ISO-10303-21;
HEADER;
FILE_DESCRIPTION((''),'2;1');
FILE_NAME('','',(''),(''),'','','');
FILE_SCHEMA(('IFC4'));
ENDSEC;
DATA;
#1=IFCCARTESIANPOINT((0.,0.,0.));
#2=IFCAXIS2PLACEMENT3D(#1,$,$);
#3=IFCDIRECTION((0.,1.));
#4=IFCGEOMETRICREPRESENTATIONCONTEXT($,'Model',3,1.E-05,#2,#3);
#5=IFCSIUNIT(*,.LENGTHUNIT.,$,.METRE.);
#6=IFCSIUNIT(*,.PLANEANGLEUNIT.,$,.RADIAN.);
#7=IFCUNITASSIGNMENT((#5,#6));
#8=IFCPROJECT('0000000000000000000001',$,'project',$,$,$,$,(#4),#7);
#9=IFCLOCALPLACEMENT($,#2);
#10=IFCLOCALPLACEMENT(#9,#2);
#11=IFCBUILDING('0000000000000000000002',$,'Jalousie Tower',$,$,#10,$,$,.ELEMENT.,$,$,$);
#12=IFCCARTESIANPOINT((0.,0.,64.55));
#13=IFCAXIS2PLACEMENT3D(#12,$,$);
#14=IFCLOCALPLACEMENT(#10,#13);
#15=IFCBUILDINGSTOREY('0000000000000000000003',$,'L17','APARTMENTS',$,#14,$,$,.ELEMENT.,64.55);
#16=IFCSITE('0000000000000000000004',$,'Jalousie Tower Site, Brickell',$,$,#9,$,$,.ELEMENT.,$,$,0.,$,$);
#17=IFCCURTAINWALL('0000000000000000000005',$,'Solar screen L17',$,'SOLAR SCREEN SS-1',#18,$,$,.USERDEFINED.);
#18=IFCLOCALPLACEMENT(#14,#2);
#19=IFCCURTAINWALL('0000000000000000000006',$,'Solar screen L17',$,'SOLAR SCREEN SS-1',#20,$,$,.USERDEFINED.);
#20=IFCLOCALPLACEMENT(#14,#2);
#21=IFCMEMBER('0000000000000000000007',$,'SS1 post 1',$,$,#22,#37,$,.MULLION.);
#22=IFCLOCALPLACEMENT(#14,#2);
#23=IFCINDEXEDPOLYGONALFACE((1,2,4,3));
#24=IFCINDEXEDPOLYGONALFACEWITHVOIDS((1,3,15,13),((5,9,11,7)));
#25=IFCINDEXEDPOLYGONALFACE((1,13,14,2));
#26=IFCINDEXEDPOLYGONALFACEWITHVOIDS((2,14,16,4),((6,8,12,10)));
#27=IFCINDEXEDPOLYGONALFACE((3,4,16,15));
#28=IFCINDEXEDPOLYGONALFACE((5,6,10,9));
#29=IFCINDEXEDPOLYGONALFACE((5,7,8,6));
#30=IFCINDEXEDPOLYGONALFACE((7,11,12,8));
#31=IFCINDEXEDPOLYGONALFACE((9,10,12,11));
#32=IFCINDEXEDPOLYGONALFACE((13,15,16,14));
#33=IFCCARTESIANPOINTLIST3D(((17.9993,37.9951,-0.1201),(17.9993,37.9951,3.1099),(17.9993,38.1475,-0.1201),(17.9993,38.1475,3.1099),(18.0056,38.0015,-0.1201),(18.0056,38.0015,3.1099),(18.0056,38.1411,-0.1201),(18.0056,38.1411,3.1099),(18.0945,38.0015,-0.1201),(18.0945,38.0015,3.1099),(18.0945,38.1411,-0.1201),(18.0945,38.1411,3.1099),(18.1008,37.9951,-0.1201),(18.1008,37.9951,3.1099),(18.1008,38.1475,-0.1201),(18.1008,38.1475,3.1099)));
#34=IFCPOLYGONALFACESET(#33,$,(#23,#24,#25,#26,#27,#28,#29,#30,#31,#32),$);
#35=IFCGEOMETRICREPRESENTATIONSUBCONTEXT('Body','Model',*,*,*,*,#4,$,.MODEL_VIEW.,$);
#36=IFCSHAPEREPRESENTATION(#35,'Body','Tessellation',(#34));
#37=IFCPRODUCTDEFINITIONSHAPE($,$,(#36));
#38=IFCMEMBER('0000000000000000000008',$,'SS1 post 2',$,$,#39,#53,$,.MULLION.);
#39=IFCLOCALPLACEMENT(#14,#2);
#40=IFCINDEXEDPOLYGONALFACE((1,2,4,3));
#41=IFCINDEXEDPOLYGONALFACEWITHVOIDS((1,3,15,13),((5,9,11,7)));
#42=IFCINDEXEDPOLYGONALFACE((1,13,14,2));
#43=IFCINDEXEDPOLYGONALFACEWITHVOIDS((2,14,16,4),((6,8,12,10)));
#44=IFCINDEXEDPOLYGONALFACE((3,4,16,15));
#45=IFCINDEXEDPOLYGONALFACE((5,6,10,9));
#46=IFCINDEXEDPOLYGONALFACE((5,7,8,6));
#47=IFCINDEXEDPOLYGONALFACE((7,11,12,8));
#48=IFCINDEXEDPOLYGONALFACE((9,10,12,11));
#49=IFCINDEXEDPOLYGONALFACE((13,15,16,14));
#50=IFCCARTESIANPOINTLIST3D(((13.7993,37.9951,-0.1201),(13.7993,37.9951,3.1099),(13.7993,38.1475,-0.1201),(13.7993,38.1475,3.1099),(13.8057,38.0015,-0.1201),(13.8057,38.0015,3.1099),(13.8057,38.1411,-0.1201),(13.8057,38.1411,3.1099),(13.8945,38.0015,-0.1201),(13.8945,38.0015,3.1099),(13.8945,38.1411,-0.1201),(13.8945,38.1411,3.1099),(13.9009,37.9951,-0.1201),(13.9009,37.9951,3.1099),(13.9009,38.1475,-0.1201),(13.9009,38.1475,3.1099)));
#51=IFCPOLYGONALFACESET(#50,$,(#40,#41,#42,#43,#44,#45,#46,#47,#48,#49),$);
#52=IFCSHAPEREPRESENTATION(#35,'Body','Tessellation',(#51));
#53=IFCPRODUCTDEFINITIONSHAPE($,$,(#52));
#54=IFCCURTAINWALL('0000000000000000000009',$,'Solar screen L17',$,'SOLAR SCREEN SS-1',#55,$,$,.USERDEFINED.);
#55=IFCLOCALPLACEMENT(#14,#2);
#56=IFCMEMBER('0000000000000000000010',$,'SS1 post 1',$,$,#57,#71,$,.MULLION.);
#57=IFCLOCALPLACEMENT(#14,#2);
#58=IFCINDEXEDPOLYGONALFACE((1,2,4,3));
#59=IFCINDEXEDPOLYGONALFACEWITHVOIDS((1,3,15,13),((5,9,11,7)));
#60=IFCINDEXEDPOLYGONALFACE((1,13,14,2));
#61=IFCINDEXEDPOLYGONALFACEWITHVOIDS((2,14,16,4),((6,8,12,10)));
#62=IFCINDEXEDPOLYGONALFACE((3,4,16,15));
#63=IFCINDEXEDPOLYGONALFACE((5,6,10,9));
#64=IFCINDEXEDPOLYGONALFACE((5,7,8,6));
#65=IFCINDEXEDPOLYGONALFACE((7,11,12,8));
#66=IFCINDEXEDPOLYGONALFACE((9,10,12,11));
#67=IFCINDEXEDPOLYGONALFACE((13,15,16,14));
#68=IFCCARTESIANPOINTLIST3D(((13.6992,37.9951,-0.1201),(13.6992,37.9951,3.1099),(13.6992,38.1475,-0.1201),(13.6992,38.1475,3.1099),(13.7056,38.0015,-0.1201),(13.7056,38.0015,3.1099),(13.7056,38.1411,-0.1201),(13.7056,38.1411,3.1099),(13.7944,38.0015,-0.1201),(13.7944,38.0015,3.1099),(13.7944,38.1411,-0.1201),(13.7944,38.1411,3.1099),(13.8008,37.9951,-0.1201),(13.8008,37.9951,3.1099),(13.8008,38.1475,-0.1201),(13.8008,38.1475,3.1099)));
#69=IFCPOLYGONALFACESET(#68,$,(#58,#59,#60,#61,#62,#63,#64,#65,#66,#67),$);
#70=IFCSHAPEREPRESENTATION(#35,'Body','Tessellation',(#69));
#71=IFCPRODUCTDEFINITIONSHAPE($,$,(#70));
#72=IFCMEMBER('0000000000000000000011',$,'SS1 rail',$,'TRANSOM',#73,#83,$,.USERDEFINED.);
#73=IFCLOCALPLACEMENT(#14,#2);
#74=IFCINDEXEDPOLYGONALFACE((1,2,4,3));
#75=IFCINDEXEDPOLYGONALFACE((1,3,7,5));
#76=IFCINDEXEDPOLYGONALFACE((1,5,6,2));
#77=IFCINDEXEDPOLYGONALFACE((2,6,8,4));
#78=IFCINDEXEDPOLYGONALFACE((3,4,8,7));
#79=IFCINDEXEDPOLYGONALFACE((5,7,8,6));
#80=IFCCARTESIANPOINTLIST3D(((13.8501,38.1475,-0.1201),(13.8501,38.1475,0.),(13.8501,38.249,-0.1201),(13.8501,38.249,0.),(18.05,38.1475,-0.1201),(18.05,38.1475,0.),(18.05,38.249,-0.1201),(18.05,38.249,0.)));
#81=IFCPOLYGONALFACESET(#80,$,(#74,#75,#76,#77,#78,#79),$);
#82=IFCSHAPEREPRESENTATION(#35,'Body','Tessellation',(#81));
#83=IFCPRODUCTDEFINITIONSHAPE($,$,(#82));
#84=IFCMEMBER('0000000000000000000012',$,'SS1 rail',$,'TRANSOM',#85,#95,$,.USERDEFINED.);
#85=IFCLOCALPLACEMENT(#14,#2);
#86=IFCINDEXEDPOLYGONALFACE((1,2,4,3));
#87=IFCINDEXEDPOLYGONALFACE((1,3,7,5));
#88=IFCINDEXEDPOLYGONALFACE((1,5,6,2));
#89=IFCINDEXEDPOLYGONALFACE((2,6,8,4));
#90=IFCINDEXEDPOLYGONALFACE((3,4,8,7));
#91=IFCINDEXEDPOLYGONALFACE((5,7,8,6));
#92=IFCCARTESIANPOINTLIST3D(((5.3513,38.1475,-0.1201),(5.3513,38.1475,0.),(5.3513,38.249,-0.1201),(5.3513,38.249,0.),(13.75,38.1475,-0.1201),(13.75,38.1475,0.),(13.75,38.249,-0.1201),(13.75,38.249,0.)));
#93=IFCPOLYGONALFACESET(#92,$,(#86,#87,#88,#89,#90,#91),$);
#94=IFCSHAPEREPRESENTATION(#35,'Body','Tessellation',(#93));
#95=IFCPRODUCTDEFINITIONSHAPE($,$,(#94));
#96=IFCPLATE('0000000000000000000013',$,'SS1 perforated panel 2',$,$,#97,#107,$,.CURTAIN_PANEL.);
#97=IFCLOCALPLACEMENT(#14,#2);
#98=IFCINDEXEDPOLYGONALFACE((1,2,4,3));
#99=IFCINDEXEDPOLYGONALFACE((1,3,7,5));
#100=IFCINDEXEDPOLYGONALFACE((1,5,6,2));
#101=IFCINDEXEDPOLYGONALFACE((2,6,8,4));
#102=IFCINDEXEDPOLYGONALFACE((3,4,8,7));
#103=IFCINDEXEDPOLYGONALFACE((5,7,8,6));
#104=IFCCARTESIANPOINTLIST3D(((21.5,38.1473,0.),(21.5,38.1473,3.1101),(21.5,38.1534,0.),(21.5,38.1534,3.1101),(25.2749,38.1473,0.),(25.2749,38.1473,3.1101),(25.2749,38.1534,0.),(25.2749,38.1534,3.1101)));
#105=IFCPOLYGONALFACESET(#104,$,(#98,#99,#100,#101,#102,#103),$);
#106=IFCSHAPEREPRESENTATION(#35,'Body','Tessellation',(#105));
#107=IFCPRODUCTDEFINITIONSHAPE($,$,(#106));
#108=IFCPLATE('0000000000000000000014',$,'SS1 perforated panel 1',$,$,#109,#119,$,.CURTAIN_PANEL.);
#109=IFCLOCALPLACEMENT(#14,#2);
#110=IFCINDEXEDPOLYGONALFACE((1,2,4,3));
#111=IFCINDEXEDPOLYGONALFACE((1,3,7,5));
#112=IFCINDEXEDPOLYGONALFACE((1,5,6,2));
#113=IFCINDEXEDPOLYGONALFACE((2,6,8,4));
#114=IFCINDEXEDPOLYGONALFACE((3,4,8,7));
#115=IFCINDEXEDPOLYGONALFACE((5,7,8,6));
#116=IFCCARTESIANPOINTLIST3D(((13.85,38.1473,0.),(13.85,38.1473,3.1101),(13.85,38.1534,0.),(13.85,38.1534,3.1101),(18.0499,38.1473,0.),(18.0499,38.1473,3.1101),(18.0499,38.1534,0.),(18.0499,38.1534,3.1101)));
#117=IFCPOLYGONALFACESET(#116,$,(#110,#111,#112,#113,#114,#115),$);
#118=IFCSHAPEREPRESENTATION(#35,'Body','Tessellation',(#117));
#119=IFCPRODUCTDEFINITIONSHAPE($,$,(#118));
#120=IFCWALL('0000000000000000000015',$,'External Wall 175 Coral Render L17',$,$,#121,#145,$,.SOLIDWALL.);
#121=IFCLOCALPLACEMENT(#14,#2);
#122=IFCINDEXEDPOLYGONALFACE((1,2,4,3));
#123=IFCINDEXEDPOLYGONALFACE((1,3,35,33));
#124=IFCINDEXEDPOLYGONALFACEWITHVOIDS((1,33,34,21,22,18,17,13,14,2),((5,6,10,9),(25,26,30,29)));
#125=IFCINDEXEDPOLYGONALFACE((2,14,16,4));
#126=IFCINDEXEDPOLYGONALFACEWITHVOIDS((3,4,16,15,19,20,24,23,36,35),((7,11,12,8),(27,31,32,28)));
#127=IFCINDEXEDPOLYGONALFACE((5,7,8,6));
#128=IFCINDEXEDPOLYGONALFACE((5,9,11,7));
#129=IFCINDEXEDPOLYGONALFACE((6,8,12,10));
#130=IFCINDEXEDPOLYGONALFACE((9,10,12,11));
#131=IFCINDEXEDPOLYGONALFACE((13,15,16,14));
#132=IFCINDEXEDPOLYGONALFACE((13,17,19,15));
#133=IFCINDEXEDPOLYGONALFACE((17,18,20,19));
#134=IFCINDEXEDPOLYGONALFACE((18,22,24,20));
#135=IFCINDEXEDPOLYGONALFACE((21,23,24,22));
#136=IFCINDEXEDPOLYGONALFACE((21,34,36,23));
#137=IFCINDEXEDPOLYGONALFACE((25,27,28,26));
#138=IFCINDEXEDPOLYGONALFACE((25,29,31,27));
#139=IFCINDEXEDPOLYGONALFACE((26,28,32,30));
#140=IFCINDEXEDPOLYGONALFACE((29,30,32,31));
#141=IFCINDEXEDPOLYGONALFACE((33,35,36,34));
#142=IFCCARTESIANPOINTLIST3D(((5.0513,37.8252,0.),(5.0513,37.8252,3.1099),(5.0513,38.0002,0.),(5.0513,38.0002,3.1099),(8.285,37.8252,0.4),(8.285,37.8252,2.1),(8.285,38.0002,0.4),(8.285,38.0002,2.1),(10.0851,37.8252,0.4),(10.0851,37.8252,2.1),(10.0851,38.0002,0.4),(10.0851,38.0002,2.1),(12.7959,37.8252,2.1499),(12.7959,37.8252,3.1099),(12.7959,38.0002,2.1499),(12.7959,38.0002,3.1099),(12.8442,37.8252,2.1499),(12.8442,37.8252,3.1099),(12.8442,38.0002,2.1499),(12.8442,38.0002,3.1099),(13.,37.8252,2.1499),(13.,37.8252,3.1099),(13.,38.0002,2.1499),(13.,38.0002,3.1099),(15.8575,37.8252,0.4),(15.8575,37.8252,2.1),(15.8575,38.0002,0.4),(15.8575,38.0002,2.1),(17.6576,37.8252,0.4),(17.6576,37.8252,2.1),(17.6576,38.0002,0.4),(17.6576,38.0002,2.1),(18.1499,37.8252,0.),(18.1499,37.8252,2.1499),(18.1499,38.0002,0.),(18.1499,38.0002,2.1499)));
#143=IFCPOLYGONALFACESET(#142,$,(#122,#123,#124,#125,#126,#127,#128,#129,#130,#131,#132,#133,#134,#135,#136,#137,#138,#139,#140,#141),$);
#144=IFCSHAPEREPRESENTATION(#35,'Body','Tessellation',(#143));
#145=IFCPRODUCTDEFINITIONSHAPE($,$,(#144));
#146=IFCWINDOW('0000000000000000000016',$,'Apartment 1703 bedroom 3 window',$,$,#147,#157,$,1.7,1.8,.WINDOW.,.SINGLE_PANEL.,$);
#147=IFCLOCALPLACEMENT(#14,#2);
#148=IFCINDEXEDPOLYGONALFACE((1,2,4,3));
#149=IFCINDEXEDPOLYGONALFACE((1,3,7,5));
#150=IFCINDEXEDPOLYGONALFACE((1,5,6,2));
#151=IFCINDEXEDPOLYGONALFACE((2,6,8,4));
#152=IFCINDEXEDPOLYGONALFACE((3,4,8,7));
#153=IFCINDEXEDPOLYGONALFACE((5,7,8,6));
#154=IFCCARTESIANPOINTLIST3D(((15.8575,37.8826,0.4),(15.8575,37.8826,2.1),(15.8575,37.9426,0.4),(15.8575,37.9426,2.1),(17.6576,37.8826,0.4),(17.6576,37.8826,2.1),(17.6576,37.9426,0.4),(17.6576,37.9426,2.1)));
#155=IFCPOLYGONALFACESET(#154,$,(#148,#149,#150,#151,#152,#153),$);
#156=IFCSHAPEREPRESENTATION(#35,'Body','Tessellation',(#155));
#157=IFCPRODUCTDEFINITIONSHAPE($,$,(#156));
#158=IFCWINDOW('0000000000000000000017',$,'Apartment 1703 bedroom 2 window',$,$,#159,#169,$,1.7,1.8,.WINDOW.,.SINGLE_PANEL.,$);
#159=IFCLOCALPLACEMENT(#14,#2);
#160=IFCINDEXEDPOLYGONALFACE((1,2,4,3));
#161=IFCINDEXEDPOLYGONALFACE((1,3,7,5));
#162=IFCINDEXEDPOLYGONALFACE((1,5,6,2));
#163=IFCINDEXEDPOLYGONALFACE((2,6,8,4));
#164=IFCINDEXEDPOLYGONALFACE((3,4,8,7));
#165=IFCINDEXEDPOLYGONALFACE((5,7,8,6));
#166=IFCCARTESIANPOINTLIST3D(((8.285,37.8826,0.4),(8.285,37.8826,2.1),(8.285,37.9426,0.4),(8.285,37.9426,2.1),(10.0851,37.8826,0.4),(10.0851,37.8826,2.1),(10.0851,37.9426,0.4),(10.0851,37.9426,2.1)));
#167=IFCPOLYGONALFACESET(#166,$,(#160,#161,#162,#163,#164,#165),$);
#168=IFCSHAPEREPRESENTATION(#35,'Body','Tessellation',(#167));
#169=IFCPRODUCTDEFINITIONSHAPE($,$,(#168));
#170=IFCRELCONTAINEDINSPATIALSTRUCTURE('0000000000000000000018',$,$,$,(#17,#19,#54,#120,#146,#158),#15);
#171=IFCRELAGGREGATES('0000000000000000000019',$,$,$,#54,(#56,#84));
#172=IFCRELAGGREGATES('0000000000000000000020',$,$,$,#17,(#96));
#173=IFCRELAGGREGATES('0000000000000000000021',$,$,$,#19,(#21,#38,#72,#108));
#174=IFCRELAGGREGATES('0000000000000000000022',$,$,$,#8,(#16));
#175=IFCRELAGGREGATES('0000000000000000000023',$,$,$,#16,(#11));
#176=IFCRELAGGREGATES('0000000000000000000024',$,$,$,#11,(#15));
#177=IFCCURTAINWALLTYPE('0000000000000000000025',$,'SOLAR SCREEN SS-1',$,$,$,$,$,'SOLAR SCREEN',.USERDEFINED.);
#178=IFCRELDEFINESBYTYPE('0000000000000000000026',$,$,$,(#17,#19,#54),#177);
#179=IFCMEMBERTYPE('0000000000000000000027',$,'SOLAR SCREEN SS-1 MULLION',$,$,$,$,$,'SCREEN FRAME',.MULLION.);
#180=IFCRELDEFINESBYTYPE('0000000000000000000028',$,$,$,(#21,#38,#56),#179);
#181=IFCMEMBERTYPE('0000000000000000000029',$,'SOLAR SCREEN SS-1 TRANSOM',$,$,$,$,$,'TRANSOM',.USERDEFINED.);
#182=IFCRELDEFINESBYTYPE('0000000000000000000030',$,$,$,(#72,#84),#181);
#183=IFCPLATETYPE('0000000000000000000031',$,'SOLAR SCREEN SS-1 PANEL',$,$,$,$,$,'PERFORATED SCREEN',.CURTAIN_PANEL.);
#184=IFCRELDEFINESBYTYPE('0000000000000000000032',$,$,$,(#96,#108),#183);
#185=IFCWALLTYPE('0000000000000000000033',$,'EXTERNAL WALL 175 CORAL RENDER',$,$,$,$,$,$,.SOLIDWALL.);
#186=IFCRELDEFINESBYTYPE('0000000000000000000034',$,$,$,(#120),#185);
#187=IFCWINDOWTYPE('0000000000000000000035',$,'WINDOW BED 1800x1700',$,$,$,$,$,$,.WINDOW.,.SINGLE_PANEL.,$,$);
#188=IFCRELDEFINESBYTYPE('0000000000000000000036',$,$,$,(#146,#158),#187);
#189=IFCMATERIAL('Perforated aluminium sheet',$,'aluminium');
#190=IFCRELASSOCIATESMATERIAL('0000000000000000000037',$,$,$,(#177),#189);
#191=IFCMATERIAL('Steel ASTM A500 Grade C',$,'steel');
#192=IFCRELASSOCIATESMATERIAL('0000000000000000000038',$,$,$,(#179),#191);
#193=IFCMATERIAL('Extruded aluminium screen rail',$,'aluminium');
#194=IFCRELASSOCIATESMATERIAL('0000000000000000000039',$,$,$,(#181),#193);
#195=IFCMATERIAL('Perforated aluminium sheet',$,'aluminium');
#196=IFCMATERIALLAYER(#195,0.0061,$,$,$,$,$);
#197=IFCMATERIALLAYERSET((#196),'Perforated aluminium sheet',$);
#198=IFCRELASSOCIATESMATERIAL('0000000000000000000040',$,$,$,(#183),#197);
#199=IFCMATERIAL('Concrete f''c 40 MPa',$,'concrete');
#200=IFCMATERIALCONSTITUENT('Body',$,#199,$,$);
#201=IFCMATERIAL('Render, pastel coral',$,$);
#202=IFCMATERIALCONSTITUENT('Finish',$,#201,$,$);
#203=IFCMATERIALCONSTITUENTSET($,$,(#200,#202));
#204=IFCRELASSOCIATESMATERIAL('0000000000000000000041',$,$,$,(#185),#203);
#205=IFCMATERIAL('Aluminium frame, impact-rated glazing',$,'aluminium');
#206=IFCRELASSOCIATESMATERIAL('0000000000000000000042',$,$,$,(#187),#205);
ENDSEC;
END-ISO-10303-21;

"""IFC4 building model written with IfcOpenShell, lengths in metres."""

from ifc_helpers import new_model, si_unit, direction, frame, frame_2d, origin, origin_2d, place, context, subcontext, project, spatial, polyline, rectangle, hollow_rectangle, outline, extrude, material, layer, layer_set, constituent, constituent_set, material_profile, profile_set, type_object, element, fill, aggregate, save


model = new_model("IFC4")

# Units and contexts
model_context = context("Model", 3, precision=1e-05, world=origin(), true_north=direction((0.0, 1.0)))
body_context = subcontext(model_context, "Body", "Model", "MODEL_VIEW")
ifc_project = project(units=[si_unit("LENGTHUNIT", "METRE"), si_unit("PLANEANGLEUNIT", "RADIAN")], contexts=[model_context])

# Site, building, storey
site_placement = place(None, origin())
site = spatial("IfcSite", under=ifc_project, at=site_placement, Name="Jalousie Tower Site, Brickell", CompositionType="ELEMENT", RefElevation=0.0)
building_placement = place(site_placement, origin())
building = spatial("IfcBuilding", under=site, at=building_placement, Name="Jalousie Tower", CompositionType="ELEMENT")
storey_placement = place(building_placement, frame((0.0, 0.0, 64.55)))
storey = spatial("IfcBuildingStorey", under=building, at=storey_placement, Name="L17", Description="APARTMENTS", CompositionType="ELEMENT", Elevation=64.55)

# Curtain wall
ifc_material_1 = material(Name="Perforated aluminium sheet", Category="aluminium")
curtain_wall_type = type_object("IfcCurtainWallType", Name="SOLAR SCREEN SS-1", ElementType="SOLAR SCREEN", PredefinedType="USERDEFINED", material=ifc_material_1)
curtain_wall_1_placement = place(storey_placement, origin())
curtain_wall_1 = element("IfcCurtainWall", 1, at=curtain_wall_1_placement, inside=storey, type_object=curtain_wall_type, Name="Solar screen L17", ObjectType="SOLAR SCREEN SS-1", PredefinedType="USERDEFINED")
ifc_material_2 = material(Name="Steel ASTM A500 Grade C", Category="steel")
ifc_material_profile_1 = material_profile(ifc_material_2, hollow_rectangle(XDim=0.1016, YDim=0.1523, WallThickness=0.0063, at=origin_2d()), Name="HSS6X4X1/4")
ifc_profile_set_1 = profile_set([ifc_material_profile_1], Name="Steel ASTM A500 Grade C")
member_type_1 = type_object("IfcMemberType", Name="SOLAR SCREEN SS-1 MULLION", ElementType="SCREEN FRAME", PredefinedType="MULLION", material=ifc_profile_set_1)

# Curtain wall, members
curtain_wall_2_placement = place(storey_placement, origin())
curtain_wall_2 = element("IfcCurtainWall", 2, at=curtain_wall_2_placement, inside=storey, type_object=curtain_wall_type, Name="Solar screen L17", ObjectType="SOLAR SCREEN SS-1", PredefinedType="USERDEFINED")
member_1_placement = place(storey_placement, frame((18.05, 38.0713, -0.1201), z_axis=(0.0, 0.0, 1.0), x_axis=(-1.0, 0.0, 0.0)))
member_1 = element("IfcMember", 3, at=member_1_placement, type_object=member_type_1, Name="SS1 post 1", PredefinedType="MULLION", context=body_context, shape_type="SweptSolid", body=[
    extrude(hollow_rectangle(XDim=0.1016, YDim=0.1523, WallThickness=0.0063, at=origin_2d()), origin(), (0.0, 0.0, 1.0), 3.23),
])
member_2_placement = place(storey_placement, frame((13.8501, 38.0713, -0.1201), z_axis=(0.0, 0.0, 1.0), x_axis=(-1.0, 0.0, 0.0)))
member_2 = element("IfcMember", 4, at=member_2_placement, type_object=member_type_1, Name="SS1 post 2", PredefinedType="MULLION", context=body_context, shape_type="SweptSolid", body=[
    extrude(hollow_rectangle(XDim=0.1016, YDim=0.1523, WallThickness=0.0063, at=origin_2d()), origin(), (0.0, 0.0, 1.0), 3.23),
])

# Curtain wall, member
curtain_wall_3_placement = place(storey_placement, origin())
curtain_wall_3 = element("IfcCurtainWall", 5, at=curtain_wall_3_placement, inside=storey, type_object=curtain_wall_type, Name="Solar screen L17", ObjectType="SOLAR SCREEN SS-1", PredefinedType="USERDEFINED")
member_3_placement = place(storey_placement, frame((13.75, 38.0713, -0.1201), z_axis=(0.0, 0.0, 1.0), x_axis=(-1.0, 0.0, 0.0)))
member_3 = element("IfcMember", 6, at=member_3_placement, type_object=member_type_1, Name="SS1 post 1", PredefinedType="MULLION", context=body_context, shape_type="SweptSolid", body=[
    extrude(hollow_rectangle(XDim=0.1016, YDim=0.1523, WallThickness=0.0063, at=origin_2d()), origin(), (0.0, 0.0, 1.0), 3.23),
])

# Members
ifc_material_3 = material(Name="Extruded aluminium screen rail", Category="aluminium")
ifc_material_profile_2 = material_profile(ifc_material_3, rectangle(XDim=0.1016, YDim=0.1201, at=origin_2d()), Name="RAIL 102x120")
ifc_profile_set_2 = profile_set([ifc_material_profile_2], Name="Extruded aluminium screen rail")
member_type_2 = type_object("IfcMemberType", Name="SOLAR SCREEN SS-1 TRANSOM", ElementType="TRANSOM", PredefinedType="USERDEFINED", material=ifc_profile_set_2)
member_4_placement = place(storey_placement, frame((18.05, 38.1982, -0.0601), z_axis=(-1.0, 0.0, 0.0), x_axis=(0.0, -1.0, 0.0)))
member_4 = element("IfcMember", 7, at=member_4_placement, type_object=member_type_2, Name="SS1 rail", ObjectType="TRANSOM", PredefinedType="USERDEFINED", context=body_context, shape_type="SweptSolid", body=[
    extrude(rectangle(XDim=0.1016, YDim=0.1201, at=origin_2d()), origin(), (0.0, 0.0, 1.0), 4.2),
])
member_5_placement = place(storey_placement, frame((13.75, 38.1982, -0.0601), z_axis=(-1.0, 0.0, 0.0), x_axis=(0.0, -1.0, 0.0)))
member_5 = element("IfcMember", 8, at=member_5_placement, type_object=member_type_2, Name="SS1 rail", ObjectType="TRANSOM", PredefinedType="USERDEFINED", context=body_context, shape_type="SweptSolid", body=[
    extrude(rectangle(XDim=0.1016, YDim=0.1201, at=origin_2d()), origin(), (0.0, 0.0, 1.0), 8.3987),
])
aggregate(curtain_wall_3, [member_3, member_5])

# Plates
ifc_material_4 = material(Name="Perforated aluminium sheet", Category="aluminium")
ifc_layer_1 = layer(ifc_material_4, 0.0061)
ifc_layer_set_1 = layer_set([ifc_layer_1], Name="Perforated aluminium sheet")
plate_type = type_object("IfcPlateType", Name="SOLAR SCREEN SS-1 PANEL", ElementType="PERFORATED SCREEN", PredefinedType="CURTAIN_PANEL", material=ifc_layer_set_1)
plate_1_placement = place(storey_placement, frame((23.3875, 38.1504, 0.0), z_axis=(0.0, 0.0, 1.0), x_axis=(-1.0, 0.0, 0.0)))
plate_1 = element("IfcPlate", 9, at=plate_1_placement, type_object=plate_type, Name="SS1 perforated panel 2", PredefinedType="CURTAIN_PANEL", context=body_context, shape_type="SweptSolid", body=[
    extrude(rectangle(XDim=3.7749, YDim=0.0061, at=origin_2d()), origin(), (0.0, 0.0, 1.0), 3.1101),
])
aggregate(curtain_wall_1, [plate_1])
plate_2_placement = place(storey_placement, frame((15.95, 38.1504, 0.0), z_axis=(0.0, 0.0, 1.0), x_axis=(-1.0, 0.0, 0.0)))
plate_2 = element("IfcPlate", 10, at=plate_2_placement, type_object=plate_type, Name="SS1 perforated panel 1", PredefinedType="CURTAIN_PANEL", context=body_context, shape_type="SweptSolid", body=[
    extrude(rectangle(XDim=4.2, YDim=0.0061, at=origin_2d()), origin(), (0.0, 0.0, 1.0), 3.1101),
])
aggregate(curtain_wall_2, [member_1, member_2, member_4, plate_2])

# Wall, openings, windows
ifc_material_5 = material(Name="Concrete f'c 40 MPa", Category="concrete")
ifc_constituent_1 = constituent(ifc_material_5, Name="Body")
ifc_material_6 = material(Name="Render, pastel coral")
ifc_constituent_2 = constituent(ifc_material_6, Name="Finish")
ifc_constituent_set_1 = constituent_set(constituents=[ifc_constituent_1, ifc_constituent_2])
wall_type_1 = type_object("IfcWallType", Name="EXTERNAL WALL 175 CORAL RENDER", PredefinedType="SOLIDWALL", material=ifc_constituent_set_1)
wall_1_placement = place(storey_placement, frame((18.1499, 37.9126, 0.0), z_axis=(0.0, 0.0, 1.0), x_axis=(-1.0, 0.0, 0.0)))
wall_1 = element("IfcWall", 11, at=wall_1_placement, inside=storey, type_object=wall_type_1, Name="External Wall 175 Coral Render L17", PredefinedType="SOLIDWALL", context=body_context, shape_type="SweptSolid", body=[
    extrude(outline(polyline([(0.0, 0.0), (13.0986, 0.0), (13.0986, 3.1099), (5.354, 3.1099), (5.354, 2.1499), (5.3057, 2.1499), (5.3057, 3.1099), (5.1499, 3.1099), (5.1499, 2.1499), (0.0, 2.1499), (0.0, 0.0)])), frame((0.0, 0.0874, 0.0), z_axis=(0.0, -1.0, 0.0), x_axis=(1.0, 0.0, 0.0)), (0.0, 0.0, 1.0), 0.175),
])
opening_1_placement = place(wall_1_placement, frame((0.4924, 0.0, 0.3999)))
opening_1 = element("IfcOpeningElement", 12, at=opening_1_placement, cuts=wall_1, PredefinedType="OPENING", context=body_context, shape_type="SweptSolid", body=[
    extrude(rectangle(XDim=1.8, YDim=1.7, at=frame_2d((0.8999, 0.8501))), frame((0.0, 0.0974, 0.0), z_axis=(0.0, -1.0, 0.0), x_axis=(1.0, 0.0, 0.0)), (0.0, 0.0, 1.0), 0.1951),
])
opening_2_placement = place(wall_1_placement, frame((8.0649, 0.0, 0.3999)))
opening_2 = element("IfcOpeningElement", 13, at=opening_2_placement, cuts=wall_1, PredefinedType="OPENING", context=body_context, shape_type="SweptSolid", body=[
    extrude(rectangle(XDim=1.8, YDim=1.7, at=frame_2d((0.8999, 0.8501))), frame((0.0, 0.0974, 0.0), z_axis=(0.0, -1.0, 0.0), x_axis=(1.0, 0.0, 0.0)), (0.0, 0.0, 1.0), 0.1951),
])
ifc_material_7 = material(Name="Aluminium frame, impact-rated glazing", Category="aluminium")
window_type = type_object("IfcWindowType", Name="WINDOW BED 1800x1700", PartitioningType="SINGLE_PANEL", PredefinedType="WINDOW", material=ifc_material_7)
window_1_placement = place(opening_1_placement, origin())
window_1 = element("IfcWindow", 14, at=window_1_placement, inside=storey, type_object=window_type, Name="Apartment 1703 bedroom 3 window", OverallHeight=1.7, OverallWidth=1.8, PartitioningType="SINGLE_PANEL", PredefinedType="WINDOW", context=body_context, shape_type="SweptSolid", body=[
    extrude(rectangle(XDim=1.8, YDim=1.7, at=frame_2d((0.8999, 0.8501))), frame((0.0, 0.03, 0.0), z_axis=(0.0, -1.0, 0.0), x_axis=(1.0, 0.0, 0.0)), (0.0, 0.0, 1.0), 0.0601),
])
fill(opening_1, window_1)
window_2_placement = place(opening_2_placement, origin())
window_2 = element("IfcWindow", 15, at=window_2_placement, inside=storey, type_object=window_type, Name="Apartment 1703 bedroom 2 window", OverallHeight=1.7, OverallWidth=1.8, PartitioningType="SINGLE_PANEL", PredefinedType="WINDOW", context=body_context, shape_type="SweptSolid", body=[
    extrude(rectangle(XDim=1.8, YDim=1.7, at=frame_2d((0.8999, 0.8501))), frame((0.0, 0.03, 0.0), z_axis=(0.0, -1.0, 0.0), x_axis=(1.0, 0.0, 0.0)), (0.0, 0.0, 1.0), 0.0601),
])
fill(opening_2, window_2)

save(model, "model.ifc")
